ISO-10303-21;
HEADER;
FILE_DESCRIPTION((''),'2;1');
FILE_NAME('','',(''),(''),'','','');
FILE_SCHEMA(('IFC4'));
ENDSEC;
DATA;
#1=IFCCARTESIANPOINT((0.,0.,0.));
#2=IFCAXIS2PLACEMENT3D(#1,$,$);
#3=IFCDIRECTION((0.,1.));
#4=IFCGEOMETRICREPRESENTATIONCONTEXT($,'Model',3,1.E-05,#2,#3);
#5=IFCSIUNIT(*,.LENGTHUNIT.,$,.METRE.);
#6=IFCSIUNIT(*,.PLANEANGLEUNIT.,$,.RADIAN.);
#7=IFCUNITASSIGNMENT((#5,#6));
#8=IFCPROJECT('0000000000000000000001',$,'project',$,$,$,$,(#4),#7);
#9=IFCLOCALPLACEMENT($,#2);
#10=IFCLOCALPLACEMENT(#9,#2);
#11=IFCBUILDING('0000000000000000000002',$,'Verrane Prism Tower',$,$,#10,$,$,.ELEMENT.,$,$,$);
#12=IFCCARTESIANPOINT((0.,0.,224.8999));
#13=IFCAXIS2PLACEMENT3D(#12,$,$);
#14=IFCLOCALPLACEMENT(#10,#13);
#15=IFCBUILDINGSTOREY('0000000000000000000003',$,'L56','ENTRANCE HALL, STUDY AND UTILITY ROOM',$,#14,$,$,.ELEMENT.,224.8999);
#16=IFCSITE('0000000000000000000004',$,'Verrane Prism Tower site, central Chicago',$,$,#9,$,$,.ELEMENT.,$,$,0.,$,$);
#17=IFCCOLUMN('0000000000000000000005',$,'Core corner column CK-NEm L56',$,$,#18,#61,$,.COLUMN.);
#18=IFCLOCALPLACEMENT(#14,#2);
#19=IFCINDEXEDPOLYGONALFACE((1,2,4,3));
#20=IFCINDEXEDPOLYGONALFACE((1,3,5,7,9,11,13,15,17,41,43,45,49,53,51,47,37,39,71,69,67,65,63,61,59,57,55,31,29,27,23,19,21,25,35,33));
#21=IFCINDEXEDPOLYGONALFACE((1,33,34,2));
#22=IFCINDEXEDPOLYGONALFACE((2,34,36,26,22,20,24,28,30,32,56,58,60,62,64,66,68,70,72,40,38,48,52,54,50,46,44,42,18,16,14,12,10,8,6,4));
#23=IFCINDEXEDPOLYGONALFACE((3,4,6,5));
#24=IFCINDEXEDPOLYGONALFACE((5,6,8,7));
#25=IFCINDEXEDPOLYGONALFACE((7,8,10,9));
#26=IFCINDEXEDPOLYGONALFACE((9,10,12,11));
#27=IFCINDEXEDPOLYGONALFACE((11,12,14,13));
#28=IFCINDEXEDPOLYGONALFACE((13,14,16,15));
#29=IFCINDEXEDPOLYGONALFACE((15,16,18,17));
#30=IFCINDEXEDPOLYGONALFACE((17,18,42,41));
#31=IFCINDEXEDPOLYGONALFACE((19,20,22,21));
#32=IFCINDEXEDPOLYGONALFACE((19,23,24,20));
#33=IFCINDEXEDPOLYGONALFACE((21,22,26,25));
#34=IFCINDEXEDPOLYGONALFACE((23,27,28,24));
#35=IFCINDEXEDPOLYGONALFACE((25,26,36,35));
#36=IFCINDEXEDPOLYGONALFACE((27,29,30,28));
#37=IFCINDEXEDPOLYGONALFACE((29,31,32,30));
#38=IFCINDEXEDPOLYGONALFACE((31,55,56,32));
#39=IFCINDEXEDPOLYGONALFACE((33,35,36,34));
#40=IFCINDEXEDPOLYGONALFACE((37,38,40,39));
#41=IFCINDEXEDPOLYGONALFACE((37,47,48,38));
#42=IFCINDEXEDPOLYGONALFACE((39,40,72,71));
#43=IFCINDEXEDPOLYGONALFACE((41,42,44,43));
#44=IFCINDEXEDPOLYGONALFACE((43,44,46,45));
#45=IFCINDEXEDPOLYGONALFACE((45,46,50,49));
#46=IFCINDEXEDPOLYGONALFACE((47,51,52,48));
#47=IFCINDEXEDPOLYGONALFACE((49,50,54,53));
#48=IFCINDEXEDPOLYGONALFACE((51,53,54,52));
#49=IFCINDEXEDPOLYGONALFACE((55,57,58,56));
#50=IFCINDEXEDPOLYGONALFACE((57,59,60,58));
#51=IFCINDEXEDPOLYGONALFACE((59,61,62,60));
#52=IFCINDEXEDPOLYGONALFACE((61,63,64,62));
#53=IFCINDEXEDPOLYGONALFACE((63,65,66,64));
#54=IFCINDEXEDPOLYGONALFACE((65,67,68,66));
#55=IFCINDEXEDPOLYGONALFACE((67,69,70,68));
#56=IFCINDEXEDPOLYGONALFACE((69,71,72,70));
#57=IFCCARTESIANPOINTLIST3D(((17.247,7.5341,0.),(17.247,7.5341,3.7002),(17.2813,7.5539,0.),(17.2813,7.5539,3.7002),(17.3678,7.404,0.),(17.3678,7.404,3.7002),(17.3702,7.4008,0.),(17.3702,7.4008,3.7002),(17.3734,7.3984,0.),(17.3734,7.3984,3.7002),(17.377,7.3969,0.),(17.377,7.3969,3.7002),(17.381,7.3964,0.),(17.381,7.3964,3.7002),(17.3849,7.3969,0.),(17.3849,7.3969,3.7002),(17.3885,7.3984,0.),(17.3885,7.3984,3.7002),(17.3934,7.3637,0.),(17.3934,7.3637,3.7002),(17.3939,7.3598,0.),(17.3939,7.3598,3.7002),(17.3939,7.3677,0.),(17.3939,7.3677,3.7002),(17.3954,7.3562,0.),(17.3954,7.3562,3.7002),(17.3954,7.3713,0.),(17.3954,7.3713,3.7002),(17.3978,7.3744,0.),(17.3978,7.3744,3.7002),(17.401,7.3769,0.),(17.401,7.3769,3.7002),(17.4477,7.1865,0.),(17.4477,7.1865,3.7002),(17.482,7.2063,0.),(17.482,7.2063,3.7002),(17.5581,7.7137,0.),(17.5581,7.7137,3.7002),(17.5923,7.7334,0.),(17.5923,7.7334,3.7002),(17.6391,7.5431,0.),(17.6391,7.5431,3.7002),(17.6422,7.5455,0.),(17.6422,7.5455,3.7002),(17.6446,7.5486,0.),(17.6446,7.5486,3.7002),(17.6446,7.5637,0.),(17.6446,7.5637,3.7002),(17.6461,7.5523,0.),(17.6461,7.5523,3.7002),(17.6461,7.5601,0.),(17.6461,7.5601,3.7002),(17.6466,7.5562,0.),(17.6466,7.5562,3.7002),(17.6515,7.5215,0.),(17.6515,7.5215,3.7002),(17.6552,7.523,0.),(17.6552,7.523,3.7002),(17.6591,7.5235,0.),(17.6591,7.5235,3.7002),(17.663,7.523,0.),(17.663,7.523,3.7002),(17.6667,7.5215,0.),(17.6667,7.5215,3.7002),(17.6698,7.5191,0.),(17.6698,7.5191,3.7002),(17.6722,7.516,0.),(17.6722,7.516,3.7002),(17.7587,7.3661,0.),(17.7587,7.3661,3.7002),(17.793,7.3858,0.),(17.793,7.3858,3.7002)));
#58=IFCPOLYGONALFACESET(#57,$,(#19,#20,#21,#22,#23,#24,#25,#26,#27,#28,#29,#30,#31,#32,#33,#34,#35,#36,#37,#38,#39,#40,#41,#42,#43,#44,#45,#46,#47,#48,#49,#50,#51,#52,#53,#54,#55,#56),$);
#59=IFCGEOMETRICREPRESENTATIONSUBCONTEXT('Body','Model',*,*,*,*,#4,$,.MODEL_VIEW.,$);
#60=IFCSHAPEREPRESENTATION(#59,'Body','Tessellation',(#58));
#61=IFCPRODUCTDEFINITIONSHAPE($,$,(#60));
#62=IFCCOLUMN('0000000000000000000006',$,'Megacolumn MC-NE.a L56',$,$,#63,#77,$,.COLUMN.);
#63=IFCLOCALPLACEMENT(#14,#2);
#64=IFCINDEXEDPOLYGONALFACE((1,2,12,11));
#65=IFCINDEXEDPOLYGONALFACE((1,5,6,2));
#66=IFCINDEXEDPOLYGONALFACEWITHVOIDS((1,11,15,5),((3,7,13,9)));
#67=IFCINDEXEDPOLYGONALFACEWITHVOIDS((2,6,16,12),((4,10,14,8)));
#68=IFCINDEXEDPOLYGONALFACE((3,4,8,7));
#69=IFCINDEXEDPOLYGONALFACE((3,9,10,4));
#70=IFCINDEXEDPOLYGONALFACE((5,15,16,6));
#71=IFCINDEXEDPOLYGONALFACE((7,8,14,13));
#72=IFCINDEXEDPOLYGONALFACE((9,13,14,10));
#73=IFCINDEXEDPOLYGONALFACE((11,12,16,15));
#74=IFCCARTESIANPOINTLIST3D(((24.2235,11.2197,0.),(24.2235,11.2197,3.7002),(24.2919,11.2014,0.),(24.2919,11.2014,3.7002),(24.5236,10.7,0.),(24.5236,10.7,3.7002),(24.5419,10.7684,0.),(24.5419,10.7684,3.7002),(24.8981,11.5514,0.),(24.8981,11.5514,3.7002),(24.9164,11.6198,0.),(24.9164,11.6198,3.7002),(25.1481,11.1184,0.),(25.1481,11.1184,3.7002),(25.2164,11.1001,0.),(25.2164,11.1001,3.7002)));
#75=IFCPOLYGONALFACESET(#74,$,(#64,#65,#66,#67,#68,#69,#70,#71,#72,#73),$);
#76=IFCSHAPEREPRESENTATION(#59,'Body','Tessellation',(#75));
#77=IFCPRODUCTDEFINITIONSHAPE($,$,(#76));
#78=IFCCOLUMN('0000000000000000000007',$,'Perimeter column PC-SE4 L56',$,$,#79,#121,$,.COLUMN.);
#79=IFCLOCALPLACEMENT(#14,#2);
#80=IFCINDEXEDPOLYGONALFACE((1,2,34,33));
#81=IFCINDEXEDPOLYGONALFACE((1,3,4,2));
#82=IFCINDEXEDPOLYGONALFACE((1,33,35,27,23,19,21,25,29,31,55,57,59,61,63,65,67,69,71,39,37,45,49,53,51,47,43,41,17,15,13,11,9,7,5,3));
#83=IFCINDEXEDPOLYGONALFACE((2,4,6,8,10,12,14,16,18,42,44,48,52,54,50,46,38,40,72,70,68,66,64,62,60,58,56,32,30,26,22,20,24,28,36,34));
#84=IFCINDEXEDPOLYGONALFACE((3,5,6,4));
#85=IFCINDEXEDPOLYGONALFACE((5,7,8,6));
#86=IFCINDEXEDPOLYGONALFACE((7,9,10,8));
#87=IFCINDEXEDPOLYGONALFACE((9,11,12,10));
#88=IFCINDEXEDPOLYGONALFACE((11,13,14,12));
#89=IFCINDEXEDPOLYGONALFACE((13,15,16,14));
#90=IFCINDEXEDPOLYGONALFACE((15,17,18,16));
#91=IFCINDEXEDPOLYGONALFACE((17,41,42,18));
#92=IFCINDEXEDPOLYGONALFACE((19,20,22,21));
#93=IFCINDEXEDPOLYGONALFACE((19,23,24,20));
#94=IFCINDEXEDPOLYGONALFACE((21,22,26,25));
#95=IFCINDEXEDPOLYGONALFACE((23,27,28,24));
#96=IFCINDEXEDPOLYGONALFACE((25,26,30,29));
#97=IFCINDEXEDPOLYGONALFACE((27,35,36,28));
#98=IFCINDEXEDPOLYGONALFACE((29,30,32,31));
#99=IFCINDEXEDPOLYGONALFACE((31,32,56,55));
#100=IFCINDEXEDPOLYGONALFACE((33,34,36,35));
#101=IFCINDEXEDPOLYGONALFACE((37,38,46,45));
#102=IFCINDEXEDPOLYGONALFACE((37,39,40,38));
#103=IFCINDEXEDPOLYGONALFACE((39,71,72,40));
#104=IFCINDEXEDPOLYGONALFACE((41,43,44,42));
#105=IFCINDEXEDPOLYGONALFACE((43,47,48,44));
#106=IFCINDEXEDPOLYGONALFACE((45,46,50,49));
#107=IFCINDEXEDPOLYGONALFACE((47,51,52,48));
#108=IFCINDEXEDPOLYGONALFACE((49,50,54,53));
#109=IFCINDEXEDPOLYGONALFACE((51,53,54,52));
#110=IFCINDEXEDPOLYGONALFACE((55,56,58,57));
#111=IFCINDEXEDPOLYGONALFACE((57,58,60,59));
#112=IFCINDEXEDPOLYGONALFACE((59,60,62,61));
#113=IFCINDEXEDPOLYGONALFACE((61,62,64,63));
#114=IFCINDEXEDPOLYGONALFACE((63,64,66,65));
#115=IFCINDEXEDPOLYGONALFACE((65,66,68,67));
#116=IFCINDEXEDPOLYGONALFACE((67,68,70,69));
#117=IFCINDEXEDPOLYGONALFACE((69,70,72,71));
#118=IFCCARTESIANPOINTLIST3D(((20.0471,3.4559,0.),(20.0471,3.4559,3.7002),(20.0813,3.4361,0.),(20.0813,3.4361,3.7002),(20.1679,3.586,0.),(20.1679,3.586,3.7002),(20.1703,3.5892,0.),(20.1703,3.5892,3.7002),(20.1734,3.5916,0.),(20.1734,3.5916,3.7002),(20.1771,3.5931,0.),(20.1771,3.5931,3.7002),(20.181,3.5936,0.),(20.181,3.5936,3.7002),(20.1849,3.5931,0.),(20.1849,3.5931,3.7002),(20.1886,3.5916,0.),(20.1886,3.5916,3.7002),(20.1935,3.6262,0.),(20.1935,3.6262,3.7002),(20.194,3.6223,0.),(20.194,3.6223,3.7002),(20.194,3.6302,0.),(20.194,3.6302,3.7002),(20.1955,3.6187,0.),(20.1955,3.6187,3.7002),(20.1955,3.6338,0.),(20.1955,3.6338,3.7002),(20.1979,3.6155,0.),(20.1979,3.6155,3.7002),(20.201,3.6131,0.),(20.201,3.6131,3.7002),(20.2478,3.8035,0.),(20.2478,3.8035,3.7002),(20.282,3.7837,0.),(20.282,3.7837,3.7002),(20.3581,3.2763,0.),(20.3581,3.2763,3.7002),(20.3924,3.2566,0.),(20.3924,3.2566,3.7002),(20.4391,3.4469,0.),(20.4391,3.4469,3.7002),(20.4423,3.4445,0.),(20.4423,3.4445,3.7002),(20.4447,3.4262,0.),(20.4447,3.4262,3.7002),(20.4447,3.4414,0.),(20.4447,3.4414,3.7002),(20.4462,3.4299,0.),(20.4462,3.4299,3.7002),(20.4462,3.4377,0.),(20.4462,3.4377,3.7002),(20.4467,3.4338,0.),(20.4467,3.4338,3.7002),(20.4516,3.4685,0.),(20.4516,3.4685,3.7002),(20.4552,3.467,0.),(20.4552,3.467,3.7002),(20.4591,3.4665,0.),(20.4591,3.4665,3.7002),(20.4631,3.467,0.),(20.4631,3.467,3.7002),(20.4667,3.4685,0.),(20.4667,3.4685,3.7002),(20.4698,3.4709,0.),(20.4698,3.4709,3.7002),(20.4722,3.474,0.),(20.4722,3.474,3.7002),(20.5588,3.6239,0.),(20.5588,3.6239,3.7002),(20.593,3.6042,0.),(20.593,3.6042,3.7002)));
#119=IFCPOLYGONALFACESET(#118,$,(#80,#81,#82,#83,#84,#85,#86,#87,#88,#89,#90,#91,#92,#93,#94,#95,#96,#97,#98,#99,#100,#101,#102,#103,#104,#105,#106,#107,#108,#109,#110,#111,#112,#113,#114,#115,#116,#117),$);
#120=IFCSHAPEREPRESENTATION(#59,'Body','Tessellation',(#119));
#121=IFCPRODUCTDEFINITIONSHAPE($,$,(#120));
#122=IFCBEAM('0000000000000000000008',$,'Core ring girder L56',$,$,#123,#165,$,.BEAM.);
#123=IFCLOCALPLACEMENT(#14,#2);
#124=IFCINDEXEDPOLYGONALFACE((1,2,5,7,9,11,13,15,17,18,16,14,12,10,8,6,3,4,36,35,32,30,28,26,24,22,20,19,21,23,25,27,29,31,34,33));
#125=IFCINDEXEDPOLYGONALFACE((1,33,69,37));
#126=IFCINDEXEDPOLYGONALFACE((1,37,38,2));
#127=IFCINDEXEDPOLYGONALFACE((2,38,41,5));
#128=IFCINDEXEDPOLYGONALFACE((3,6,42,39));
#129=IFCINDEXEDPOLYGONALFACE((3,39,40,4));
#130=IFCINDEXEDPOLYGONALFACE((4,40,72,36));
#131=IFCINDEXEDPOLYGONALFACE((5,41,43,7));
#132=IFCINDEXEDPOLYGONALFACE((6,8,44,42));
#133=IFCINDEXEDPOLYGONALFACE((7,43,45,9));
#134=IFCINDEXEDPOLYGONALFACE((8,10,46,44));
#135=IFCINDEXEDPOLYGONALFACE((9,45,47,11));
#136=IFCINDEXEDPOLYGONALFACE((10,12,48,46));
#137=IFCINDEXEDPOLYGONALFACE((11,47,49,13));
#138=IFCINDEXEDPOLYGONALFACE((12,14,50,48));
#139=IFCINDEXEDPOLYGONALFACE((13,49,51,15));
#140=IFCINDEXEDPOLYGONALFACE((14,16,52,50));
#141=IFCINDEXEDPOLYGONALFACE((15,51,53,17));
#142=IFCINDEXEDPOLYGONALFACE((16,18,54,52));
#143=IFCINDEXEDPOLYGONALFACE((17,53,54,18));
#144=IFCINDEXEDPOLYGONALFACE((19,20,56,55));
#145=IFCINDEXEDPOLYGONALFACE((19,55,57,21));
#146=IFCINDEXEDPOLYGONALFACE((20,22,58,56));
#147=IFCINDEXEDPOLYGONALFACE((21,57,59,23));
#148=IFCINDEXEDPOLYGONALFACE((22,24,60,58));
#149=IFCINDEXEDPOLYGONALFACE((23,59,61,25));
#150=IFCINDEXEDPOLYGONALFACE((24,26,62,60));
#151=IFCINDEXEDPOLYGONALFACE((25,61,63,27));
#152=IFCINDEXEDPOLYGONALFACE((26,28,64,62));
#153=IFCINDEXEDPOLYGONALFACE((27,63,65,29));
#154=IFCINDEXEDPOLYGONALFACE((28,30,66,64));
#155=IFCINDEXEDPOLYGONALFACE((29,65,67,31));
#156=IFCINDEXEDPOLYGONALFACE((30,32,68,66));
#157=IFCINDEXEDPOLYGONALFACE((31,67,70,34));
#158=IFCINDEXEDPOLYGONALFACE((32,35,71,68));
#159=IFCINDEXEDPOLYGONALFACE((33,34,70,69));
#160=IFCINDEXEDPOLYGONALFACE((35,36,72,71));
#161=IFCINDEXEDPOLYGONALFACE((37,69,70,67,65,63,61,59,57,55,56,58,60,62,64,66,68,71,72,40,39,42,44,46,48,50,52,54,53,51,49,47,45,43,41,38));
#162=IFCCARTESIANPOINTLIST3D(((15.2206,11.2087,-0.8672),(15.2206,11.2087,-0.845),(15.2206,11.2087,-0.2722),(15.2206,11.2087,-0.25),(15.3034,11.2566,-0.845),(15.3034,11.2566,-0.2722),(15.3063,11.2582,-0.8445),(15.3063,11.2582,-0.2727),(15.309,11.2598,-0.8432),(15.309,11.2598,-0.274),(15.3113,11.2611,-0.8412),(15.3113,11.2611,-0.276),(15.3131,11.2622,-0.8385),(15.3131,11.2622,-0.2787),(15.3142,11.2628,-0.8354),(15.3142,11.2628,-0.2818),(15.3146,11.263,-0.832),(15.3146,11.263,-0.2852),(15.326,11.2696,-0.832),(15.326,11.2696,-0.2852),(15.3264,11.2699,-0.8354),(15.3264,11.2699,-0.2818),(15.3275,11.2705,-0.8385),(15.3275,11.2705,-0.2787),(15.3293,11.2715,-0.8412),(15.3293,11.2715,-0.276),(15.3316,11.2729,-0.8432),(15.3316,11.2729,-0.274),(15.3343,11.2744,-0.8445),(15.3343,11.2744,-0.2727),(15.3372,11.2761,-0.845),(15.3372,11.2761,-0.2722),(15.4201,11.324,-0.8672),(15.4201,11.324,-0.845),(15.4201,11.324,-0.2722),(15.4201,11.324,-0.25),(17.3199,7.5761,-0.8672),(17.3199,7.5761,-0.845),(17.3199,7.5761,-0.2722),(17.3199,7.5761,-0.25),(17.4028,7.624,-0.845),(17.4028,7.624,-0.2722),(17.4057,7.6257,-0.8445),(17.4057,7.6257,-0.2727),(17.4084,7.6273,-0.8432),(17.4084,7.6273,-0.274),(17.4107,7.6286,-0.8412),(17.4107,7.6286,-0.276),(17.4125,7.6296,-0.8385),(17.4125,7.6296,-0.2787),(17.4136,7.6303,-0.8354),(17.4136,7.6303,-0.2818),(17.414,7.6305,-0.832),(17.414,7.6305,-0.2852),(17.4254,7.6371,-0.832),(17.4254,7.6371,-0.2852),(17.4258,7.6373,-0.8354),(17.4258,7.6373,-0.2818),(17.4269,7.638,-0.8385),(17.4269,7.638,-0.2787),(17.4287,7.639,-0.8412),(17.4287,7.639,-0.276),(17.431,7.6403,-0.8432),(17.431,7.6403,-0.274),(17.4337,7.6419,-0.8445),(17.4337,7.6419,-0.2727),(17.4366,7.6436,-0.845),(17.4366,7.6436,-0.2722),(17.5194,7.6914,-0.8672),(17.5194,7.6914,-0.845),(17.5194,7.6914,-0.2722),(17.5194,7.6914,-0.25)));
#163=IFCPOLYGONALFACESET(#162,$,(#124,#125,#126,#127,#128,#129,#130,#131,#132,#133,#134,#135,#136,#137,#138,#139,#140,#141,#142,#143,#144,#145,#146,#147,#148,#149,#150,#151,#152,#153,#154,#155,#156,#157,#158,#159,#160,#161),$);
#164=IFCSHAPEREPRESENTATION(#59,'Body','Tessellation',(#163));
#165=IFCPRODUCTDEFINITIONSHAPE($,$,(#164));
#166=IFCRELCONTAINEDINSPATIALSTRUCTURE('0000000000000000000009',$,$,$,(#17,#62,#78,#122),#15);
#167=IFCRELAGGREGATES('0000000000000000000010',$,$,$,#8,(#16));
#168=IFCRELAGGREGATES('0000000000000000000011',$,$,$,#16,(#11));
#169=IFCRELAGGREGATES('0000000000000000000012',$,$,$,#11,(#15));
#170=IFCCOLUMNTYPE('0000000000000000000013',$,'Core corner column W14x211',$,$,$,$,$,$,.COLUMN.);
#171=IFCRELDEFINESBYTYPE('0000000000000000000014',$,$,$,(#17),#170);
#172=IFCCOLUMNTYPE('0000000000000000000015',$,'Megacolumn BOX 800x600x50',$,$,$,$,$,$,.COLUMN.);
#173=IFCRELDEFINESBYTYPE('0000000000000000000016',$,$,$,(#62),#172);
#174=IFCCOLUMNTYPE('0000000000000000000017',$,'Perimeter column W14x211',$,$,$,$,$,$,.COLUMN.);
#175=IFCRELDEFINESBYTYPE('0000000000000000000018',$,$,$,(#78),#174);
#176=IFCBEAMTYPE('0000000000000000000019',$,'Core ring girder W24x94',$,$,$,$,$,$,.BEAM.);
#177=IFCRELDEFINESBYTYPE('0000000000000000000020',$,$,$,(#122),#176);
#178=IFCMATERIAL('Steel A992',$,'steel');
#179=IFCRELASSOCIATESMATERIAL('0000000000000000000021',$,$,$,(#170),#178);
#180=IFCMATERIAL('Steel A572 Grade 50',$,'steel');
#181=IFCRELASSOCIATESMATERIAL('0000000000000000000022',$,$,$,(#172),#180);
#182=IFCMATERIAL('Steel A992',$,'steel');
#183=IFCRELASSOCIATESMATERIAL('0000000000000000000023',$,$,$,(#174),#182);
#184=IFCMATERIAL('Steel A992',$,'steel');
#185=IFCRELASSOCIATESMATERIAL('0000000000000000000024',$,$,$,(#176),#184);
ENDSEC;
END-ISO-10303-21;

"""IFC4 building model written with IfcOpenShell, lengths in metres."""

from ifc_helpers import new_model, si_unit, direction, frame, origin, origin_2d, place, context, subcontext, project, spatial, hollow_rectangle, i_section, extrude, material, material_profile, profile_set, type_object, element, save


model = new_model("IFC4")

# Units and contexts
model_context = context("Model", 3, precision=1e-05, world=origin(), true_north=direction((0.0, 1.0)))
body_context = subcontext(model_context, "Body", "Model", "MODEL_VIEW")
ifc_project = project(units=[si_unit("LENGTHUNIT", "METRE"), si_unit("PLANEANGLEUNIT", "RADIAN")], contexts=[model_context])

# Site, building, storey
site_placement = place(None, origin())
site = spatial("IfcSite", under=ifc_project, at=site_placement, Name="Verrane Prism Tower site, central Chicago", CompositionType="ELEMENT", RefElevation=0.0)
building_placement = place(site_placement, origin())
building = spatial("IfcBuilding", under=site, at=building_placement, Name="Verrane Prism Tower", CompositionType="ELEMENT")
storey_placement = place(building_placement, frame((0.0, 0.0, 224.8999)))
storey = spatial("IfcBuildingStorey", under=building, at=storey_placement, Name="L56", Description="ENTRANCE HALL, STUDY AND UTILITY ROOM", CompositionType="ELEMENT", Elevation=224.8999)

# Columns
ifc_material_1 = material(Name="Steel A992", Category="steel")
ifc_material_profile_1 = material_profile(ifc_material_1, i_section(OverallWidth=0.4014, OverallDepth=0.3987, WebThickness=0.0249, FlangeThickness=0.0396, FilletRadius=0.0151, at=origin_2d()), Name="W14x211")
ifc_profile_set_1 = profile_set([ifc_material_profile_1], Name="Steel A992")
column_type_1 = type_object("IfcColumnType", Name="Core corner column W14x211", PredefinedType="COLUMN", material=ifc_profile_set_1)
column_1_placement = place(storey_placement, frame((17.52, 7.46, 0.0), z_axis=(0.0, 0.0, 1.0), x_axis=(0.5, -0.866025, 0.0)))
element("IfcColumn", 1, at=column_1_placement, inside=storey, type_object=column_type_1, Name="Core corner column CK-NEm L56", PredefinedType="COLUMN", context=body_context, shape_type="SweptSolid", body=[
    extrude(i_section(OverallWidth=0.4014, OverallDepth=0.3987, WebThickness=0.0249, FlangeThickness=0.0396, FilletRadius=0.0151, at=origin_2d()), origin(), (0.0, 0.0, 1.0), 3.7002),
])
ifc_material_2 = material(Name="Steel A572 Grade 50", Category="steel")
ifc_material_profile_2 = material_profile(ifc_material_2, hollow_rectangle(XDim=0.6001, YDim=0.8, WallThickness=0.05, at=origin_2d()), Name="BOX 800x600x50")
ifc_profile_set_2 = profile_set([ifc_material_profile_2], Name="Steel A572 Grade 50")
column_type_2 = type_object("IfcColumnType", Name="Megacolumn BOX 800x600x50", PredefinedType="COLUMN", material=ifc_profile_set_2)
column_2_placement = place(storey_placement, frame((24.72, 11.1599, 0.0), z_axis=(0.0, 0.0, 1.0), x_axis=(0.5, -0.866025, 0.0)))
element("IfcColumn", 2, at=column_2_placement, inside=storey, type_object=column_type_2, Name="Megacolumn MC-NE.a L56", PredefinedType="COLUMN", context=body_context, shape_type="SweptSolid", body=[
    extrude(hollow_rectangle(XDim=0.6001, YDim=0.8, WallThickness=0.05, at=origin_2d()), origin(), (0.0, 0.0, 1.0), 3.7002),
])
ifc_material_3 = material(Name="Steel A992", Category="steel")
ifc_material_profile_3 = material_profile(ifc_material_3, i_section(OverallWidth=0.4014, OverallDepth=0.3987, WebThickness=0.0249, FlangeThickness=0.0396, FilletRadius=0.0151, at=origin_2d()), Name="W14x211")
ifc_profile_set_3 = profile_set([ifc_material_profile_3], Name="Steel A992")
column_type_3 = type_object("IfcColumnType", Name="Perimeter column W14x211", PredefinedType="COLUMN", material=ifc_profile_set_3)
column_3_placement = place(storey_placement, frame((20.3201, 3.53, 0.0), z_axis=(0.0, 0.0, 1.0), x_axis=(-0.5, -0.866025, 0.0)))
element("IfcColumn", 3, at=column_3_placement, inside=storey, type_object=column_type_3, Name="Perimeter column PC-SE4 L56", PredefinedType="COLUMN", context=body_context, shape_type="SweptSolid", body=[
    extrude(i_section(OverallWidth=0.4014, OverallDepth=0.3987, WebThickness=0.0249, FlangeThickness=0.0396, FilletRadius=0.0151, at=origin_2d()), origin(), (0.0, 0.0, 1.0), 3.7002),
])

# Beam
ifc_material_4 = material(Name="Steel A992", Category="steel")
ifc_material_profile_4 = material_profile(ifc_material_4, i_section(OverallWidth=0.2305, OverallDepth=0.6172, WebThickness=0.0132, FlangeThickness=0.0222, FilletRadius=0.0129, at=origin_2d()), Name="W24x94")
ifc_profile_set_4 = profile_set([ifc_material_profile_4], Name="Steel A992")
beam_type_1 = type_object("IfcBeamType", Name="Core ring girder W24x94", PredefinedType="BEAM", material=ifc_profile_set_4)
beam_1_placement = place(storey_placement, frame((17.4197, 7.6338, -0.5586), z_axis=(-0.500376, 0.865808, 0.0), x_axis=(-0.865808, -0.500376, 0.0)))
element("IfcBeam", 4, at=beam_1_placement, inside=storey, type_object=beam_type_1, Name="Core ring girder L56", PredefinedType="BEAM", context=body_context, shape_type="SweptSolid", body=[
    extrude(i_section(OverallWidth=0.2305, OverallDepth=0.6172, WebThickness=0.0132, FlangeThickness=0.0222, FilletRadius=0.0129, at=origin_2d()), origin(), (0.0, 0.0, 1.0), 4.1956),
])

save(model, "model.ifc")
